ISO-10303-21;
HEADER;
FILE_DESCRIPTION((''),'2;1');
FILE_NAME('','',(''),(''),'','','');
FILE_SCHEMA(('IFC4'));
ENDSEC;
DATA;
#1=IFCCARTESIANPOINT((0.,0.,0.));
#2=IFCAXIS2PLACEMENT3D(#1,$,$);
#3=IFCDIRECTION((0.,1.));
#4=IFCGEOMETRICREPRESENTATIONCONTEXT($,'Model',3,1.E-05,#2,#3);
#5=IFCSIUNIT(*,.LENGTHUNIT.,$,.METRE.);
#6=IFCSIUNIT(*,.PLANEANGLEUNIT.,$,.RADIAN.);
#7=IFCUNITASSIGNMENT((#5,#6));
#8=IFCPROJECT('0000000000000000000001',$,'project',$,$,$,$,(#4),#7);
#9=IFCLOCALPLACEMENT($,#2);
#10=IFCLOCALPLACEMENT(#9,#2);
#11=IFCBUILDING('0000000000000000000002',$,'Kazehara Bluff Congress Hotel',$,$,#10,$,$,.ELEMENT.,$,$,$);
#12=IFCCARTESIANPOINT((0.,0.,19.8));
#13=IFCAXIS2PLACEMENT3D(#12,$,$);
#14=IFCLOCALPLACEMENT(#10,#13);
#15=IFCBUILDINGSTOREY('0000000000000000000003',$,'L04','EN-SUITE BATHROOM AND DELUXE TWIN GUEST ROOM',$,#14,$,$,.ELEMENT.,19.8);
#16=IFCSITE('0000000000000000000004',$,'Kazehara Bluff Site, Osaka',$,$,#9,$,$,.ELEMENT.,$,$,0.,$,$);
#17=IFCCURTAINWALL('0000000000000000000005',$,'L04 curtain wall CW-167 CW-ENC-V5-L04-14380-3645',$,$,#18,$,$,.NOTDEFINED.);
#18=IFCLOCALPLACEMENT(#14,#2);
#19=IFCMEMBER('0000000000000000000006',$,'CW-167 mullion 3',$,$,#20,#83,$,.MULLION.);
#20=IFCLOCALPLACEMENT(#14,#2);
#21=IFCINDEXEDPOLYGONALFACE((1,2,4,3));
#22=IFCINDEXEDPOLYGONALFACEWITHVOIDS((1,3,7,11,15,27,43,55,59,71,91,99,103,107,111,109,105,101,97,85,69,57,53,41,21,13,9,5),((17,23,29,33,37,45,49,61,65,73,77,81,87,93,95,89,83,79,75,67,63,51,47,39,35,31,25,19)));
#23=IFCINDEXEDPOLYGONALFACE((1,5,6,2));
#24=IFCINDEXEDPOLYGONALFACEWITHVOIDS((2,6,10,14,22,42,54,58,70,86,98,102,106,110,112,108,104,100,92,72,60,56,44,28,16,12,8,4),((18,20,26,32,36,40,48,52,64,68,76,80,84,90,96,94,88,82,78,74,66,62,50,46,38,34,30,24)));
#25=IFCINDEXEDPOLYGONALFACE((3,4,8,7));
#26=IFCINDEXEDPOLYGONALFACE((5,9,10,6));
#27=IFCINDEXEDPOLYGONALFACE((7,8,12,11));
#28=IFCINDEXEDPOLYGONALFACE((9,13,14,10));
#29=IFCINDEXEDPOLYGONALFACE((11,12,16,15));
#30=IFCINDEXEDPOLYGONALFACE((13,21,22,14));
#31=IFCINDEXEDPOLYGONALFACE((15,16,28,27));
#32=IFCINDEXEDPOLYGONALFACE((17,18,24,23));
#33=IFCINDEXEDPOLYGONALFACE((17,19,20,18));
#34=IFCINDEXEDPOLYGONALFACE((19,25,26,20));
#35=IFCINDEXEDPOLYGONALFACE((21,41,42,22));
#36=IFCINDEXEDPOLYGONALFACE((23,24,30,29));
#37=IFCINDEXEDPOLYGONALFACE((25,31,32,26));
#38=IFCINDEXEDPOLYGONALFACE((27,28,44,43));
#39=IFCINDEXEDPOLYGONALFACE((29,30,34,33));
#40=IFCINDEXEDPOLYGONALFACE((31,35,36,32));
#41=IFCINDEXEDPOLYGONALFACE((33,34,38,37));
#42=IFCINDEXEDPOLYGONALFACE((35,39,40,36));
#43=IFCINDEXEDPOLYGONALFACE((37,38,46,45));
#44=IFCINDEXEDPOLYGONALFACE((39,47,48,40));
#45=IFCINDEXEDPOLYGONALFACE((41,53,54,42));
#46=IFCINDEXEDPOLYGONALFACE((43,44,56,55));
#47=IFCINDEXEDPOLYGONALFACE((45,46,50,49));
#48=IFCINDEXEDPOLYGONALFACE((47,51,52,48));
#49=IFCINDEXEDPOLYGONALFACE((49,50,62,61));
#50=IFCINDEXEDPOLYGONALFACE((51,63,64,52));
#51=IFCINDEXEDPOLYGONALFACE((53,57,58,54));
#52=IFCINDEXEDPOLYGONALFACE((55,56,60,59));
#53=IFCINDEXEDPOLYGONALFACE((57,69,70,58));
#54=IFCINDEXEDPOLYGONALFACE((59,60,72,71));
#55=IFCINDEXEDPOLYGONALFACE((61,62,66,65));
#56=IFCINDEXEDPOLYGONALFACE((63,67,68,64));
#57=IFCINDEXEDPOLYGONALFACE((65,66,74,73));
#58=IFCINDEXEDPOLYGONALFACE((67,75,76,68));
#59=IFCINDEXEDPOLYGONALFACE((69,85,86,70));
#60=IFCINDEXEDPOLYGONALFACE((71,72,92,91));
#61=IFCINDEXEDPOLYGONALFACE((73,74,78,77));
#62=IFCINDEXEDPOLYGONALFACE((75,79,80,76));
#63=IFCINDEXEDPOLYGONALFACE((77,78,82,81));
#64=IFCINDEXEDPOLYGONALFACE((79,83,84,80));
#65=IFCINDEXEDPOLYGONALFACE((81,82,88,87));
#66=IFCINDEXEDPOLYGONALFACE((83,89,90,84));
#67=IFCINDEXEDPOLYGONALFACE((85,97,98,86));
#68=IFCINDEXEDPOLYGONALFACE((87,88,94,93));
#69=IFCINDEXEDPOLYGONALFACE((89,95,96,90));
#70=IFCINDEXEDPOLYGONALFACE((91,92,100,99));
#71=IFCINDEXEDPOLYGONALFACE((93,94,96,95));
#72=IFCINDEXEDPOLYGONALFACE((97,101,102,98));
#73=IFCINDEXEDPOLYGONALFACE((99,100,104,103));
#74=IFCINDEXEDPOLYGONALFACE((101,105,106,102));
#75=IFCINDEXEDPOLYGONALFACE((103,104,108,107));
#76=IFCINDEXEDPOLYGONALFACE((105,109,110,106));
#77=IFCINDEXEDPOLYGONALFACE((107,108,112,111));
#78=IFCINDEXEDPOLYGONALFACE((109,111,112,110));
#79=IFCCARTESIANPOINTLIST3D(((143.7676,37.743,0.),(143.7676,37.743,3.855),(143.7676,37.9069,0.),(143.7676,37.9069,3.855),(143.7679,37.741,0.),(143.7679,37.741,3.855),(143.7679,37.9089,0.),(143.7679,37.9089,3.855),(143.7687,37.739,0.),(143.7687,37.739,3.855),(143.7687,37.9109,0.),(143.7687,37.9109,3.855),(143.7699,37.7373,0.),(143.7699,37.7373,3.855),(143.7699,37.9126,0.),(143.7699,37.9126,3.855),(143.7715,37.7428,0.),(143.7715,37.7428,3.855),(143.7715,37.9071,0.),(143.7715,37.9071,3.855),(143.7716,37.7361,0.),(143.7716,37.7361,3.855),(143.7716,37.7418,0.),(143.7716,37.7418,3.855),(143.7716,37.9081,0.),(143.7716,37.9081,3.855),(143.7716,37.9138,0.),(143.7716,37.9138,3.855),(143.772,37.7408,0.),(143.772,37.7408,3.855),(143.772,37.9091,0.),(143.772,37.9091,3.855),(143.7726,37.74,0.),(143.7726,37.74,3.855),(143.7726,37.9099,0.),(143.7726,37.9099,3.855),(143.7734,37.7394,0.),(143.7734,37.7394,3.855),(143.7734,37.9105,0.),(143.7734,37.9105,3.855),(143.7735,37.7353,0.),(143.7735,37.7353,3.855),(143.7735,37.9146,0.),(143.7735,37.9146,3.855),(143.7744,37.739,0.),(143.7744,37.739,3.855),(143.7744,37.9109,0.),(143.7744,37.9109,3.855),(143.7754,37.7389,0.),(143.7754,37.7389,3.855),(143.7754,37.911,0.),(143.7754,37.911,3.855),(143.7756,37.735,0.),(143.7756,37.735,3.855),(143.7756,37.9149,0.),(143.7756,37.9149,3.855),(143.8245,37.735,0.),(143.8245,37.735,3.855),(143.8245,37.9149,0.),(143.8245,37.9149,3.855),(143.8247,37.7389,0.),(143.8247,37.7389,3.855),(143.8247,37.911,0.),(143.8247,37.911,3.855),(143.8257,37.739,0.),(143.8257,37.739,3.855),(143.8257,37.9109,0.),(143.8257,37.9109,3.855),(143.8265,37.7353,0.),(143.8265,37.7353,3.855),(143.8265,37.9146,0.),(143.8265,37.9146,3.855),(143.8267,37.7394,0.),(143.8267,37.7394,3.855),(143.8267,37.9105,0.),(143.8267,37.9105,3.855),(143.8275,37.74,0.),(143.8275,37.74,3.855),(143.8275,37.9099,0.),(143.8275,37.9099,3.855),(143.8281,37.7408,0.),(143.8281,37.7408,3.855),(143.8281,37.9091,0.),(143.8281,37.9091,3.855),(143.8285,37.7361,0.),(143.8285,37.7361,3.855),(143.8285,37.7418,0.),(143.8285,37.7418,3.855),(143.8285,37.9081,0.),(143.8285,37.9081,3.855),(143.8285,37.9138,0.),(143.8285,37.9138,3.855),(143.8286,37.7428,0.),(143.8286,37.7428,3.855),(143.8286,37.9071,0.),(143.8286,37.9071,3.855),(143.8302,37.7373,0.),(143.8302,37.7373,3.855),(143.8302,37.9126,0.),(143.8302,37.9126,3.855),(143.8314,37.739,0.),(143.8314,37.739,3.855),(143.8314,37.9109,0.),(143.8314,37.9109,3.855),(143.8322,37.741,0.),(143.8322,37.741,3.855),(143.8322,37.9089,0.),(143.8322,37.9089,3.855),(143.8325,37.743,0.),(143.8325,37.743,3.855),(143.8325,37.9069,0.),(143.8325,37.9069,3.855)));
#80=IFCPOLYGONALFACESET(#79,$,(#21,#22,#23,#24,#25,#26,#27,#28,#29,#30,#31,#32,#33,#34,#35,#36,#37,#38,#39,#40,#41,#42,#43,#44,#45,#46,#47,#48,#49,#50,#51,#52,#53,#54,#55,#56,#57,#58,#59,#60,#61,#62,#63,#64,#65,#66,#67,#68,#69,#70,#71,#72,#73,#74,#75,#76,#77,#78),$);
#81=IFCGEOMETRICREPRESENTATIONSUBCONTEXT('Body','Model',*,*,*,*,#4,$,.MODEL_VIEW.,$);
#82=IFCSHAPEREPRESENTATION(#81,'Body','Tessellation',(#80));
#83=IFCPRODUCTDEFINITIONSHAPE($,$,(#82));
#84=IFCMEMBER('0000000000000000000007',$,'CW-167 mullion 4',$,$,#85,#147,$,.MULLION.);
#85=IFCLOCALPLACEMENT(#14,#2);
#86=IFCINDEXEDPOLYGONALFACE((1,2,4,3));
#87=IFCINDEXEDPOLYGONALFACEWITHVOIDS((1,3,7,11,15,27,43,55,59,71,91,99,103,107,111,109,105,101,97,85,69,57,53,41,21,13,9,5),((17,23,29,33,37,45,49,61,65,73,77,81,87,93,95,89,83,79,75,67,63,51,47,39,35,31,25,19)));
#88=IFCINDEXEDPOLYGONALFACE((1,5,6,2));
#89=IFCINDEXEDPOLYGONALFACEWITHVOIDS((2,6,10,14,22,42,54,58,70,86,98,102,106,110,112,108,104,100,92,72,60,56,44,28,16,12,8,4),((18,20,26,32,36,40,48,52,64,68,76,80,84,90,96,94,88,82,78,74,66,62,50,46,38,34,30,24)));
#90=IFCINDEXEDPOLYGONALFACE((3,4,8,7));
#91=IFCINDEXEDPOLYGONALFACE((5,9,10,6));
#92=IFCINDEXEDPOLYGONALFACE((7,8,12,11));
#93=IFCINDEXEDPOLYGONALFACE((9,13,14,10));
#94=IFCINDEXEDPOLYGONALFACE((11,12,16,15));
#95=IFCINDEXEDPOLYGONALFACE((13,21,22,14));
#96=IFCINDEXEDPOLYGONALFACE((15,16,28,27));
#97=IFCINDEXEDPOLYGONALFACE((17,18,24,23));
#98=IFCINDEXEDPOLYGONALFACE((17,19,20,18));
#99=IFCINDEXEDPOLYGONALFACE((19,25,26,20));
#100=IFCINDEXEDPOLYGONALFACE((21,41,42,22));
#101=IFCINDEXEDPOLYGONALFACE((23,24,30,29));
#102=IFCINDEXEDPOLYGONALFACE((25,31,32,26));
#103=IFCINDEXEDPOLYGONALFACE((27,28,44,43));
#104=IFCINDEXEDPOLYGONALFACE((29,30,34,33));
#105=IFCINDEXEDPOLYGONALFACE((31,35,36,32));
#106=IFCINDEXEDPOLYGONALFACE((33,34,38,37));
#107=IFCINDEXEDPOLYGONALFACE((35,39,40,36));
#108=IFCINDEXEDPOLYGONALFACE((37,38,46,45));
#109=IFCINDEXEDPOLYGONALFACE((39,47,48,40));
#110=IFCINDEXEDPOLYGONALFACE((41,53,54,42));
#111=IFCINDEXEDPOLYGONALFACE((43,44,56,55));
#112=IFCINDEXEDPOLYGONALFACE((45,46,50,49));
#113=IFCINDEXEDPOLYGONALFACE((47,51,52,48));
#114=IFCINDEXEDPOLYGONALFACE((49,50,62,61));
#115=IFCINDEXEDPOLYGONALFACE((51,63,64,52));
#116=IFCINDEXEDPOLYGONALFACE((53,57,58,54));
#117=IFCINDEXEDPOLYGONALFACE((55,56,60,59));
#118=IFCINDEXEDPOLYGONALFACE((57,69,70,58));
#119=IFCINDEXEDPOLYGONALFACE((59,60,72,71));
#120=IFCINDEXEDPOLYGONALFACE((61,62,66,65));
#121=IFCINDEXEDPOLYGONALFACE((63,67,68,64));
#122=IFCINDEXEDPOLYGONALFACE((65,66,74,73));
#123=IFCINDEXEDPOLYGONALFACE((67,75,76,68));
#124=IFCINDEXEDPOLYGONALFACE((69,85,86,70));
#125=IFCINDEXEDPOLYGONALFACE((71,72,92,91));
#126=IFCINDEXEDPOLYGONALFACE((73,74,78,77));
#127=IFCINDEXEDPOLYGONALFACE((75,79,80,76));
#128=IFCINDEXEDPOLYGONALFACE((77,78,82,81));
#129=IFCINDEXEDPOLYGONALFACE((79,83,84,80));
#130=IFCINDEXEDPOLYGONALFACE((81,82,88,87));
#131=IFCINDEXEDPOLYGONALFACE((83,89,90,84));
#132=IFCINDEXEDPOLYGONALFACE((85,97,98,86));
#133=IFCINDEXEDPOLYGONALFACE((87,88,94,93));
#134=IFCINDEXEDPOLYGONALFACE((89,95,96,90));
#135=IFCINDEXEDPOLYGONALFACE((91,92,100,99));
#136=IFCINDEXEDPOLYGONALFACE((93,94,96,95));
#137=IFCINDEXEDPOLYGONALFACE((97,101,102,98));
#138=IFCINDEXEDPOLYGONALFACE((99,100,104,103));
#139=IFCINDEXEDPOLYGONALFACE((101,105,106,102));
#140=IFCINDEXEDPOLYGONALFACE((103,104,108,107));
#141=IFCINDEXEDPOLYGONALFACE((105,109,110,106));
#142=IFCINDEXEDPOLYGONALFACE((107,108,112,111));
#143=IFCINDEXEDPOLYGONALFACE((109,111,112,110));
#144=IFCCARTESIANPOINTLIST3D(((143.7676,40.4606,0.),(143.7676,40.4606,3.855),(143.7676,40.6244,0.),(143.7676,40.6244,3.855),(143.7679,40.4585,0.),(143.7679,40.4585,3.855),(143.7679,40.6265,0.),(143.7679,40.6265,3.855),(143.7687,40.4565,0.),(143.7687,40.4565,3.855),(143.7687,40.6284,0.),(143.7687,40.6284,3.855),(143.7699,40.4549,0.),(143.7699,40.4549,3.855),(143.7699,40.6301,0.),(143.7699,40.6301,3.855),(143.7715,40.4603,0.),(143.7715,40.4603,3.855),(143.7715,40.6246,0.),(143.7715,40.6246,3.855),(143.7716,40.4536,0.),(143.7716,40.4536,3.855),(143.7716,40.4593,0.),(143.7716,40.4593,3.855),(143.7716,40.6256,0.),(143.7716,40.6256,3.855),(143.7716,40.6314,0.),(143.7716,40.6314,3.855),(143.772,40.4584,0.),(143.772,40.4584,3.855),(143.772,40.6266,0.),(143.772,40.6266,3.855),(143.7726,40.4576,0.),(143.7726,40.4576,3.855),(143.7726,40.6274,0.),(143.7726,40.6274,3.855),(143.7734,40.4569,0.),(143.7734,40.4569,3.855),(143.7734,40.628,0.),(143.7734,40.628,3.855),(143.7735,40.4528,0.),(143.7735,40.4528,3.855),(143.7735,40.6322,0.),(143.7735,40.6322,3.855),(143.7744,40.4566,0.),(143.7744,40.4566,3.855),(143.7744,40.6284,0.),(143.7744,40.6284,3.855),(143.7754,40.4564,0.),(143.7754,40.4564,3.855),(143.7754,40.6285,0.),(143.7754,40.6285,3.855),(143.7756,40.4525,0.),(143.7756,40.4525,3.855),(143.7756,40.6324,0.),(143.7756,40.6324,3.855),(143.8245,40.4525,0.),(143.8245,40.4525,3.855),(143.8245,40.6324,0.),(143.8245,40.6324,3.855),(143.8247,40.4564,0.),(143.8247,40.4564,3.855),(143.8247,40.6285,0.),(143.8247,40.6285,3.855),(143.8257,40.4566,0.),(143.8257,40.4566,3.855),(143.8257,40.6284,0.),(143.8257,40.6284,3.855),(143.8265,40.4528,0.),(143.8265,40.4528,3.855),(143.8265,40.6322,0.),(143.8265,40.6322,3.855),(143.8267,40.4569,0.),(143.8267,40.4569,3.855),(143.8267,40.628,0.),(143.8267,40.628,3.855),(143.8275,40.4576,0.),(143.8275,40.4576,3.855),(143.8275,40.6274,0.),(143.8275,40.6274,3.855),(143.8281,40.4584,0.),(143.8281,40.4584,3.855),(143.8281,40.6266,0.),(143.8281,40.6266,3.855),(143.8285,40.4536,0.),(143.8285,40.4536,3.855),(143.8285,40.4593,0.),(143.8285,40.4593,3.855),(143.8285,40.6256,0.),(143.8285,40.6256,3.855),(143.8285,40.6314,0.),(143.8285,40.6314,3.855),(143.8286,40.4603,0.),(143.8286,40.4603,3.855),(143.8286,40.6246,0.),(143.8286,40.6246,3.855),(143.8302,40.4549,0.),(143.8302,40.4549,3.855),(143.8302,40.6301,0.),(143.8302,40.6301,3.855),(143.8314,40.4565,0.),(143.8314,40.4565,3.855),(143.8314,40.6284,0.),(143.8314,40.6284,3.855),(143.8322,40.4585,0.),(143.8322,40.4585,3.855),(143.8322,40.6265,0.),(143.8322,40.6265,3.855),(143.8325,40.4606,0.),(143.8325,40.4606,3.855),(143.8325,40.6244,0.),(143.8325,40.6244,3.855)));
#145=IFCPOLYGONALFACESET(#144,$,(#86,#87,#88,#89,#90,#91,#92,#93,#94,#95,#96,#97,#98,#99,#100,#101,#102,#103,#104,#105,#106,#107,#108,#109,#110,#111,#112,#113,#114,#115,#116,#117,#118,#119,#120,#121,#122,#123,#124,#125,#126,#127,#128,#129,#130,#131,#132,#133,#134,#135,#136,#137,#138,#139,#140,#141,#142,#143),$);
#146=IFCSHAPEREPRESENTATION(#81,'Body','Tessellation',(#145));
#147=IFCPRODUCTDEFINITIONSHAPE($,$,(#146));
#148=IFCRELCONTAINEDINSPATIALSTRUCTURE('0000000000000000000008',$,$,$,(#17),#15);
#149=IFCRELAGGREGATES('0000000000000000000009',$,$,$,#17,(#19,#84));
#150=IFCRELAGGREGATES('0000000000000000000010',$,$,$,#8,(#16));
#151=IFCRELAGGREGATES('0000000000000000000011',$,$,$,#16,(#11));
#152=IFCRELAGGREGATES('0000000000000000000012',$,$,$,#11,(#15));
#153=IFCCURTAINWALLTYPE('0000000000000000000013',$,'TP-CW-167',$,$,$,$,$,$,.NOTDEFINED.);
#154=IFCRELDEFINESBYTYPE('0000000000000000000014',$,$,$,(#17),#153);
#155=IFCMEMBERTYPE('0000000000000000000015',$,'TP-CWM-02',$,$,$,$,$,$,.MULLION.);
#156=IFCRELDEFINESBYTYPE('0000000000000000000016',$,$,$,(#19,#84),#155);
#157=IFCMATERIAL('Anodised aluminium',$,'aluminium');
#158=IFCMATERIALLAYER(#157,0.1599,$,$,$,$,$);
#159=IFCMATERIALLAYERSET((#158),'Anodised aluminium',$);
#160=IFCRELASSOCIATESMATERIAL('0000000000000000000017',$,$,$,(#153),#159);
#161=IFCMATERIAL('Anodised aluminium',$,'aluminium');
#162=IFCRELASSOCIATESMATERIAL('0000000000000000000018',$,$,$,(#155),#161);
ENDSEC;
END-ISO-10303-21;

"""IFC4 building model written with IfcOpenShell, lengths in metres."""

from ifc_helpers import new_model, si_unit, direction, frame, origin, origin_2d, place, context, subcontext, project, spatial, hollow_rectangle, extrude, material, layer, layer_set, material_profile, profile_set, type_object, element, aggregate, save


model = new_model("IFC4")

# Units and contexts
model_context = context("Model", 3, precision=1e-05, world=origin(), true_north=direction((0.0, 1.0)))
body_context = subcontext(model_context, "Body", "Model", "MODEL_VIEW")
ifc_project = project(units=[si_unit("LENGTHUNIT", "METRE"), si_unit("PLANEANGLEUNIT", "RADIAN")], contexts=[model_context])

# Site, building, storey
site_placement = place(None, origin())
site = spatial("IfcSite", under=ifc_project, at=site_placement, Name="Kazehara Bluff Site, Osaka", CompositionType="ELEMENT", RefElevation=0.0)
building_placement = place(site_placement, origin())
building = spatial("IfcBuilding", under=site, at=building_placement, Name="Kazehara Bluff Congress Hotel", CompositionType="ELEMENT")
storey_placement = place(building_placement, frame((0.0, 0.0, 19.8)))
storey = spatial("IfcBuildingStorey", under=building, at=storey_placement, Name="L04", Description="EN-SUITE BATHROOM AND DELUXE TWIN GUEST ROOM", CompositionType="ELEMENT", Elevation=19.8)

# Curtain wall, members
ifc_material_1 = material(Name="Anodised aluminium", Category="aluminium")
ifc_layer_1 = layer(ifc_material_1, 0.1599)
ifc_layer_set_1 = layer_set([ifc_layer_1], Name="Anodised aluminium")
curtain_wall_type_1 = type_object("IfcCurtainWallType", Name="TP-CW-167", PredefinedType="NOTDEFINED", material=ifc_layer_set_1)
curtain_wall_1_placement = place(storey_placement, origin())
curtain_wall_1 = element("IfcCurtainWall", 1, at=curtain_wall_1_placement, inside=storey, type_object=curtain_wall_type_1, Name="L04 curtain wall CW-167 CW-ENC-V5-L04-14380-3645", PredefinedType="NOTDEFINED")
ifc_material_2 = material(Name="Anodised aluminium", Category="aluminium")
ifc_material_profile_1 = material_profile(ifc_material_2, hollow_rectangle(XDim=0.0649, YDim=0.1799, WallThickness=0.0039, InnerFilletRadius=0.0039, OuterFilletRadius=0.0081, at=origin_2d()))
ifc_profile_set_1 = profile_set([ifc_material_profile_1], Name="Anodised aluminium")
member_type_1 = type_object("IfcMemberType", Name="TP-CWM-02", PredefinedType="MULLION", material=ifc_profile_set_1)
member_1_placement = place(storey_placement, frame((143.8, 37.825, 0.0), z_axis=(0.0, 0.0, 1.0), x_axis=(-1.0, 0.0, 0.0)))
member_1 = element("IfcMember", 2, at=member_1_placement, type_object=member_type_1, Name="CW-167 mullion 3", PredefinedType="MULLION", context=body_context, shape_type="SweptSolid", body=[
    extrude(hollow_rectangle(XDim=0.0649, YDim=0.1799, WallThickness=0.0039, InnerFilletRadius=0.0039, OuterFilletRadius=0.0081, at=origin_2d()), origin(), (0.0, 0.0, 1.0), 3.855),
])
member_2_placement = place(storey_placement, frame((143.8, 40.5425, 0.0), z_axis=(0.0, 0.0, 1.0), x_axis=(-1.0, 0.0, 0.0)))
member_2 = element("IfcMember", 3, at=member_2_placement, type_object=member_type_1, Name="CW-167 mullion 4", PredefinedType="MULLION", context=body_context, shape_type="SweptSolid", body=[
    extrude(hollow_rectangle(XDim=0.0649, YDim=0.1799, WallThickness=0.0039, InnerFilletRadius=0.0039, OuterFilletRadius=0.0081, at=origin_2d()), origin(), (0.0, 0.0, 1.0), 3.855),
])

aggregate(curtain_wall_1, [member_1, member_2])

save(model, "model.ifc")
